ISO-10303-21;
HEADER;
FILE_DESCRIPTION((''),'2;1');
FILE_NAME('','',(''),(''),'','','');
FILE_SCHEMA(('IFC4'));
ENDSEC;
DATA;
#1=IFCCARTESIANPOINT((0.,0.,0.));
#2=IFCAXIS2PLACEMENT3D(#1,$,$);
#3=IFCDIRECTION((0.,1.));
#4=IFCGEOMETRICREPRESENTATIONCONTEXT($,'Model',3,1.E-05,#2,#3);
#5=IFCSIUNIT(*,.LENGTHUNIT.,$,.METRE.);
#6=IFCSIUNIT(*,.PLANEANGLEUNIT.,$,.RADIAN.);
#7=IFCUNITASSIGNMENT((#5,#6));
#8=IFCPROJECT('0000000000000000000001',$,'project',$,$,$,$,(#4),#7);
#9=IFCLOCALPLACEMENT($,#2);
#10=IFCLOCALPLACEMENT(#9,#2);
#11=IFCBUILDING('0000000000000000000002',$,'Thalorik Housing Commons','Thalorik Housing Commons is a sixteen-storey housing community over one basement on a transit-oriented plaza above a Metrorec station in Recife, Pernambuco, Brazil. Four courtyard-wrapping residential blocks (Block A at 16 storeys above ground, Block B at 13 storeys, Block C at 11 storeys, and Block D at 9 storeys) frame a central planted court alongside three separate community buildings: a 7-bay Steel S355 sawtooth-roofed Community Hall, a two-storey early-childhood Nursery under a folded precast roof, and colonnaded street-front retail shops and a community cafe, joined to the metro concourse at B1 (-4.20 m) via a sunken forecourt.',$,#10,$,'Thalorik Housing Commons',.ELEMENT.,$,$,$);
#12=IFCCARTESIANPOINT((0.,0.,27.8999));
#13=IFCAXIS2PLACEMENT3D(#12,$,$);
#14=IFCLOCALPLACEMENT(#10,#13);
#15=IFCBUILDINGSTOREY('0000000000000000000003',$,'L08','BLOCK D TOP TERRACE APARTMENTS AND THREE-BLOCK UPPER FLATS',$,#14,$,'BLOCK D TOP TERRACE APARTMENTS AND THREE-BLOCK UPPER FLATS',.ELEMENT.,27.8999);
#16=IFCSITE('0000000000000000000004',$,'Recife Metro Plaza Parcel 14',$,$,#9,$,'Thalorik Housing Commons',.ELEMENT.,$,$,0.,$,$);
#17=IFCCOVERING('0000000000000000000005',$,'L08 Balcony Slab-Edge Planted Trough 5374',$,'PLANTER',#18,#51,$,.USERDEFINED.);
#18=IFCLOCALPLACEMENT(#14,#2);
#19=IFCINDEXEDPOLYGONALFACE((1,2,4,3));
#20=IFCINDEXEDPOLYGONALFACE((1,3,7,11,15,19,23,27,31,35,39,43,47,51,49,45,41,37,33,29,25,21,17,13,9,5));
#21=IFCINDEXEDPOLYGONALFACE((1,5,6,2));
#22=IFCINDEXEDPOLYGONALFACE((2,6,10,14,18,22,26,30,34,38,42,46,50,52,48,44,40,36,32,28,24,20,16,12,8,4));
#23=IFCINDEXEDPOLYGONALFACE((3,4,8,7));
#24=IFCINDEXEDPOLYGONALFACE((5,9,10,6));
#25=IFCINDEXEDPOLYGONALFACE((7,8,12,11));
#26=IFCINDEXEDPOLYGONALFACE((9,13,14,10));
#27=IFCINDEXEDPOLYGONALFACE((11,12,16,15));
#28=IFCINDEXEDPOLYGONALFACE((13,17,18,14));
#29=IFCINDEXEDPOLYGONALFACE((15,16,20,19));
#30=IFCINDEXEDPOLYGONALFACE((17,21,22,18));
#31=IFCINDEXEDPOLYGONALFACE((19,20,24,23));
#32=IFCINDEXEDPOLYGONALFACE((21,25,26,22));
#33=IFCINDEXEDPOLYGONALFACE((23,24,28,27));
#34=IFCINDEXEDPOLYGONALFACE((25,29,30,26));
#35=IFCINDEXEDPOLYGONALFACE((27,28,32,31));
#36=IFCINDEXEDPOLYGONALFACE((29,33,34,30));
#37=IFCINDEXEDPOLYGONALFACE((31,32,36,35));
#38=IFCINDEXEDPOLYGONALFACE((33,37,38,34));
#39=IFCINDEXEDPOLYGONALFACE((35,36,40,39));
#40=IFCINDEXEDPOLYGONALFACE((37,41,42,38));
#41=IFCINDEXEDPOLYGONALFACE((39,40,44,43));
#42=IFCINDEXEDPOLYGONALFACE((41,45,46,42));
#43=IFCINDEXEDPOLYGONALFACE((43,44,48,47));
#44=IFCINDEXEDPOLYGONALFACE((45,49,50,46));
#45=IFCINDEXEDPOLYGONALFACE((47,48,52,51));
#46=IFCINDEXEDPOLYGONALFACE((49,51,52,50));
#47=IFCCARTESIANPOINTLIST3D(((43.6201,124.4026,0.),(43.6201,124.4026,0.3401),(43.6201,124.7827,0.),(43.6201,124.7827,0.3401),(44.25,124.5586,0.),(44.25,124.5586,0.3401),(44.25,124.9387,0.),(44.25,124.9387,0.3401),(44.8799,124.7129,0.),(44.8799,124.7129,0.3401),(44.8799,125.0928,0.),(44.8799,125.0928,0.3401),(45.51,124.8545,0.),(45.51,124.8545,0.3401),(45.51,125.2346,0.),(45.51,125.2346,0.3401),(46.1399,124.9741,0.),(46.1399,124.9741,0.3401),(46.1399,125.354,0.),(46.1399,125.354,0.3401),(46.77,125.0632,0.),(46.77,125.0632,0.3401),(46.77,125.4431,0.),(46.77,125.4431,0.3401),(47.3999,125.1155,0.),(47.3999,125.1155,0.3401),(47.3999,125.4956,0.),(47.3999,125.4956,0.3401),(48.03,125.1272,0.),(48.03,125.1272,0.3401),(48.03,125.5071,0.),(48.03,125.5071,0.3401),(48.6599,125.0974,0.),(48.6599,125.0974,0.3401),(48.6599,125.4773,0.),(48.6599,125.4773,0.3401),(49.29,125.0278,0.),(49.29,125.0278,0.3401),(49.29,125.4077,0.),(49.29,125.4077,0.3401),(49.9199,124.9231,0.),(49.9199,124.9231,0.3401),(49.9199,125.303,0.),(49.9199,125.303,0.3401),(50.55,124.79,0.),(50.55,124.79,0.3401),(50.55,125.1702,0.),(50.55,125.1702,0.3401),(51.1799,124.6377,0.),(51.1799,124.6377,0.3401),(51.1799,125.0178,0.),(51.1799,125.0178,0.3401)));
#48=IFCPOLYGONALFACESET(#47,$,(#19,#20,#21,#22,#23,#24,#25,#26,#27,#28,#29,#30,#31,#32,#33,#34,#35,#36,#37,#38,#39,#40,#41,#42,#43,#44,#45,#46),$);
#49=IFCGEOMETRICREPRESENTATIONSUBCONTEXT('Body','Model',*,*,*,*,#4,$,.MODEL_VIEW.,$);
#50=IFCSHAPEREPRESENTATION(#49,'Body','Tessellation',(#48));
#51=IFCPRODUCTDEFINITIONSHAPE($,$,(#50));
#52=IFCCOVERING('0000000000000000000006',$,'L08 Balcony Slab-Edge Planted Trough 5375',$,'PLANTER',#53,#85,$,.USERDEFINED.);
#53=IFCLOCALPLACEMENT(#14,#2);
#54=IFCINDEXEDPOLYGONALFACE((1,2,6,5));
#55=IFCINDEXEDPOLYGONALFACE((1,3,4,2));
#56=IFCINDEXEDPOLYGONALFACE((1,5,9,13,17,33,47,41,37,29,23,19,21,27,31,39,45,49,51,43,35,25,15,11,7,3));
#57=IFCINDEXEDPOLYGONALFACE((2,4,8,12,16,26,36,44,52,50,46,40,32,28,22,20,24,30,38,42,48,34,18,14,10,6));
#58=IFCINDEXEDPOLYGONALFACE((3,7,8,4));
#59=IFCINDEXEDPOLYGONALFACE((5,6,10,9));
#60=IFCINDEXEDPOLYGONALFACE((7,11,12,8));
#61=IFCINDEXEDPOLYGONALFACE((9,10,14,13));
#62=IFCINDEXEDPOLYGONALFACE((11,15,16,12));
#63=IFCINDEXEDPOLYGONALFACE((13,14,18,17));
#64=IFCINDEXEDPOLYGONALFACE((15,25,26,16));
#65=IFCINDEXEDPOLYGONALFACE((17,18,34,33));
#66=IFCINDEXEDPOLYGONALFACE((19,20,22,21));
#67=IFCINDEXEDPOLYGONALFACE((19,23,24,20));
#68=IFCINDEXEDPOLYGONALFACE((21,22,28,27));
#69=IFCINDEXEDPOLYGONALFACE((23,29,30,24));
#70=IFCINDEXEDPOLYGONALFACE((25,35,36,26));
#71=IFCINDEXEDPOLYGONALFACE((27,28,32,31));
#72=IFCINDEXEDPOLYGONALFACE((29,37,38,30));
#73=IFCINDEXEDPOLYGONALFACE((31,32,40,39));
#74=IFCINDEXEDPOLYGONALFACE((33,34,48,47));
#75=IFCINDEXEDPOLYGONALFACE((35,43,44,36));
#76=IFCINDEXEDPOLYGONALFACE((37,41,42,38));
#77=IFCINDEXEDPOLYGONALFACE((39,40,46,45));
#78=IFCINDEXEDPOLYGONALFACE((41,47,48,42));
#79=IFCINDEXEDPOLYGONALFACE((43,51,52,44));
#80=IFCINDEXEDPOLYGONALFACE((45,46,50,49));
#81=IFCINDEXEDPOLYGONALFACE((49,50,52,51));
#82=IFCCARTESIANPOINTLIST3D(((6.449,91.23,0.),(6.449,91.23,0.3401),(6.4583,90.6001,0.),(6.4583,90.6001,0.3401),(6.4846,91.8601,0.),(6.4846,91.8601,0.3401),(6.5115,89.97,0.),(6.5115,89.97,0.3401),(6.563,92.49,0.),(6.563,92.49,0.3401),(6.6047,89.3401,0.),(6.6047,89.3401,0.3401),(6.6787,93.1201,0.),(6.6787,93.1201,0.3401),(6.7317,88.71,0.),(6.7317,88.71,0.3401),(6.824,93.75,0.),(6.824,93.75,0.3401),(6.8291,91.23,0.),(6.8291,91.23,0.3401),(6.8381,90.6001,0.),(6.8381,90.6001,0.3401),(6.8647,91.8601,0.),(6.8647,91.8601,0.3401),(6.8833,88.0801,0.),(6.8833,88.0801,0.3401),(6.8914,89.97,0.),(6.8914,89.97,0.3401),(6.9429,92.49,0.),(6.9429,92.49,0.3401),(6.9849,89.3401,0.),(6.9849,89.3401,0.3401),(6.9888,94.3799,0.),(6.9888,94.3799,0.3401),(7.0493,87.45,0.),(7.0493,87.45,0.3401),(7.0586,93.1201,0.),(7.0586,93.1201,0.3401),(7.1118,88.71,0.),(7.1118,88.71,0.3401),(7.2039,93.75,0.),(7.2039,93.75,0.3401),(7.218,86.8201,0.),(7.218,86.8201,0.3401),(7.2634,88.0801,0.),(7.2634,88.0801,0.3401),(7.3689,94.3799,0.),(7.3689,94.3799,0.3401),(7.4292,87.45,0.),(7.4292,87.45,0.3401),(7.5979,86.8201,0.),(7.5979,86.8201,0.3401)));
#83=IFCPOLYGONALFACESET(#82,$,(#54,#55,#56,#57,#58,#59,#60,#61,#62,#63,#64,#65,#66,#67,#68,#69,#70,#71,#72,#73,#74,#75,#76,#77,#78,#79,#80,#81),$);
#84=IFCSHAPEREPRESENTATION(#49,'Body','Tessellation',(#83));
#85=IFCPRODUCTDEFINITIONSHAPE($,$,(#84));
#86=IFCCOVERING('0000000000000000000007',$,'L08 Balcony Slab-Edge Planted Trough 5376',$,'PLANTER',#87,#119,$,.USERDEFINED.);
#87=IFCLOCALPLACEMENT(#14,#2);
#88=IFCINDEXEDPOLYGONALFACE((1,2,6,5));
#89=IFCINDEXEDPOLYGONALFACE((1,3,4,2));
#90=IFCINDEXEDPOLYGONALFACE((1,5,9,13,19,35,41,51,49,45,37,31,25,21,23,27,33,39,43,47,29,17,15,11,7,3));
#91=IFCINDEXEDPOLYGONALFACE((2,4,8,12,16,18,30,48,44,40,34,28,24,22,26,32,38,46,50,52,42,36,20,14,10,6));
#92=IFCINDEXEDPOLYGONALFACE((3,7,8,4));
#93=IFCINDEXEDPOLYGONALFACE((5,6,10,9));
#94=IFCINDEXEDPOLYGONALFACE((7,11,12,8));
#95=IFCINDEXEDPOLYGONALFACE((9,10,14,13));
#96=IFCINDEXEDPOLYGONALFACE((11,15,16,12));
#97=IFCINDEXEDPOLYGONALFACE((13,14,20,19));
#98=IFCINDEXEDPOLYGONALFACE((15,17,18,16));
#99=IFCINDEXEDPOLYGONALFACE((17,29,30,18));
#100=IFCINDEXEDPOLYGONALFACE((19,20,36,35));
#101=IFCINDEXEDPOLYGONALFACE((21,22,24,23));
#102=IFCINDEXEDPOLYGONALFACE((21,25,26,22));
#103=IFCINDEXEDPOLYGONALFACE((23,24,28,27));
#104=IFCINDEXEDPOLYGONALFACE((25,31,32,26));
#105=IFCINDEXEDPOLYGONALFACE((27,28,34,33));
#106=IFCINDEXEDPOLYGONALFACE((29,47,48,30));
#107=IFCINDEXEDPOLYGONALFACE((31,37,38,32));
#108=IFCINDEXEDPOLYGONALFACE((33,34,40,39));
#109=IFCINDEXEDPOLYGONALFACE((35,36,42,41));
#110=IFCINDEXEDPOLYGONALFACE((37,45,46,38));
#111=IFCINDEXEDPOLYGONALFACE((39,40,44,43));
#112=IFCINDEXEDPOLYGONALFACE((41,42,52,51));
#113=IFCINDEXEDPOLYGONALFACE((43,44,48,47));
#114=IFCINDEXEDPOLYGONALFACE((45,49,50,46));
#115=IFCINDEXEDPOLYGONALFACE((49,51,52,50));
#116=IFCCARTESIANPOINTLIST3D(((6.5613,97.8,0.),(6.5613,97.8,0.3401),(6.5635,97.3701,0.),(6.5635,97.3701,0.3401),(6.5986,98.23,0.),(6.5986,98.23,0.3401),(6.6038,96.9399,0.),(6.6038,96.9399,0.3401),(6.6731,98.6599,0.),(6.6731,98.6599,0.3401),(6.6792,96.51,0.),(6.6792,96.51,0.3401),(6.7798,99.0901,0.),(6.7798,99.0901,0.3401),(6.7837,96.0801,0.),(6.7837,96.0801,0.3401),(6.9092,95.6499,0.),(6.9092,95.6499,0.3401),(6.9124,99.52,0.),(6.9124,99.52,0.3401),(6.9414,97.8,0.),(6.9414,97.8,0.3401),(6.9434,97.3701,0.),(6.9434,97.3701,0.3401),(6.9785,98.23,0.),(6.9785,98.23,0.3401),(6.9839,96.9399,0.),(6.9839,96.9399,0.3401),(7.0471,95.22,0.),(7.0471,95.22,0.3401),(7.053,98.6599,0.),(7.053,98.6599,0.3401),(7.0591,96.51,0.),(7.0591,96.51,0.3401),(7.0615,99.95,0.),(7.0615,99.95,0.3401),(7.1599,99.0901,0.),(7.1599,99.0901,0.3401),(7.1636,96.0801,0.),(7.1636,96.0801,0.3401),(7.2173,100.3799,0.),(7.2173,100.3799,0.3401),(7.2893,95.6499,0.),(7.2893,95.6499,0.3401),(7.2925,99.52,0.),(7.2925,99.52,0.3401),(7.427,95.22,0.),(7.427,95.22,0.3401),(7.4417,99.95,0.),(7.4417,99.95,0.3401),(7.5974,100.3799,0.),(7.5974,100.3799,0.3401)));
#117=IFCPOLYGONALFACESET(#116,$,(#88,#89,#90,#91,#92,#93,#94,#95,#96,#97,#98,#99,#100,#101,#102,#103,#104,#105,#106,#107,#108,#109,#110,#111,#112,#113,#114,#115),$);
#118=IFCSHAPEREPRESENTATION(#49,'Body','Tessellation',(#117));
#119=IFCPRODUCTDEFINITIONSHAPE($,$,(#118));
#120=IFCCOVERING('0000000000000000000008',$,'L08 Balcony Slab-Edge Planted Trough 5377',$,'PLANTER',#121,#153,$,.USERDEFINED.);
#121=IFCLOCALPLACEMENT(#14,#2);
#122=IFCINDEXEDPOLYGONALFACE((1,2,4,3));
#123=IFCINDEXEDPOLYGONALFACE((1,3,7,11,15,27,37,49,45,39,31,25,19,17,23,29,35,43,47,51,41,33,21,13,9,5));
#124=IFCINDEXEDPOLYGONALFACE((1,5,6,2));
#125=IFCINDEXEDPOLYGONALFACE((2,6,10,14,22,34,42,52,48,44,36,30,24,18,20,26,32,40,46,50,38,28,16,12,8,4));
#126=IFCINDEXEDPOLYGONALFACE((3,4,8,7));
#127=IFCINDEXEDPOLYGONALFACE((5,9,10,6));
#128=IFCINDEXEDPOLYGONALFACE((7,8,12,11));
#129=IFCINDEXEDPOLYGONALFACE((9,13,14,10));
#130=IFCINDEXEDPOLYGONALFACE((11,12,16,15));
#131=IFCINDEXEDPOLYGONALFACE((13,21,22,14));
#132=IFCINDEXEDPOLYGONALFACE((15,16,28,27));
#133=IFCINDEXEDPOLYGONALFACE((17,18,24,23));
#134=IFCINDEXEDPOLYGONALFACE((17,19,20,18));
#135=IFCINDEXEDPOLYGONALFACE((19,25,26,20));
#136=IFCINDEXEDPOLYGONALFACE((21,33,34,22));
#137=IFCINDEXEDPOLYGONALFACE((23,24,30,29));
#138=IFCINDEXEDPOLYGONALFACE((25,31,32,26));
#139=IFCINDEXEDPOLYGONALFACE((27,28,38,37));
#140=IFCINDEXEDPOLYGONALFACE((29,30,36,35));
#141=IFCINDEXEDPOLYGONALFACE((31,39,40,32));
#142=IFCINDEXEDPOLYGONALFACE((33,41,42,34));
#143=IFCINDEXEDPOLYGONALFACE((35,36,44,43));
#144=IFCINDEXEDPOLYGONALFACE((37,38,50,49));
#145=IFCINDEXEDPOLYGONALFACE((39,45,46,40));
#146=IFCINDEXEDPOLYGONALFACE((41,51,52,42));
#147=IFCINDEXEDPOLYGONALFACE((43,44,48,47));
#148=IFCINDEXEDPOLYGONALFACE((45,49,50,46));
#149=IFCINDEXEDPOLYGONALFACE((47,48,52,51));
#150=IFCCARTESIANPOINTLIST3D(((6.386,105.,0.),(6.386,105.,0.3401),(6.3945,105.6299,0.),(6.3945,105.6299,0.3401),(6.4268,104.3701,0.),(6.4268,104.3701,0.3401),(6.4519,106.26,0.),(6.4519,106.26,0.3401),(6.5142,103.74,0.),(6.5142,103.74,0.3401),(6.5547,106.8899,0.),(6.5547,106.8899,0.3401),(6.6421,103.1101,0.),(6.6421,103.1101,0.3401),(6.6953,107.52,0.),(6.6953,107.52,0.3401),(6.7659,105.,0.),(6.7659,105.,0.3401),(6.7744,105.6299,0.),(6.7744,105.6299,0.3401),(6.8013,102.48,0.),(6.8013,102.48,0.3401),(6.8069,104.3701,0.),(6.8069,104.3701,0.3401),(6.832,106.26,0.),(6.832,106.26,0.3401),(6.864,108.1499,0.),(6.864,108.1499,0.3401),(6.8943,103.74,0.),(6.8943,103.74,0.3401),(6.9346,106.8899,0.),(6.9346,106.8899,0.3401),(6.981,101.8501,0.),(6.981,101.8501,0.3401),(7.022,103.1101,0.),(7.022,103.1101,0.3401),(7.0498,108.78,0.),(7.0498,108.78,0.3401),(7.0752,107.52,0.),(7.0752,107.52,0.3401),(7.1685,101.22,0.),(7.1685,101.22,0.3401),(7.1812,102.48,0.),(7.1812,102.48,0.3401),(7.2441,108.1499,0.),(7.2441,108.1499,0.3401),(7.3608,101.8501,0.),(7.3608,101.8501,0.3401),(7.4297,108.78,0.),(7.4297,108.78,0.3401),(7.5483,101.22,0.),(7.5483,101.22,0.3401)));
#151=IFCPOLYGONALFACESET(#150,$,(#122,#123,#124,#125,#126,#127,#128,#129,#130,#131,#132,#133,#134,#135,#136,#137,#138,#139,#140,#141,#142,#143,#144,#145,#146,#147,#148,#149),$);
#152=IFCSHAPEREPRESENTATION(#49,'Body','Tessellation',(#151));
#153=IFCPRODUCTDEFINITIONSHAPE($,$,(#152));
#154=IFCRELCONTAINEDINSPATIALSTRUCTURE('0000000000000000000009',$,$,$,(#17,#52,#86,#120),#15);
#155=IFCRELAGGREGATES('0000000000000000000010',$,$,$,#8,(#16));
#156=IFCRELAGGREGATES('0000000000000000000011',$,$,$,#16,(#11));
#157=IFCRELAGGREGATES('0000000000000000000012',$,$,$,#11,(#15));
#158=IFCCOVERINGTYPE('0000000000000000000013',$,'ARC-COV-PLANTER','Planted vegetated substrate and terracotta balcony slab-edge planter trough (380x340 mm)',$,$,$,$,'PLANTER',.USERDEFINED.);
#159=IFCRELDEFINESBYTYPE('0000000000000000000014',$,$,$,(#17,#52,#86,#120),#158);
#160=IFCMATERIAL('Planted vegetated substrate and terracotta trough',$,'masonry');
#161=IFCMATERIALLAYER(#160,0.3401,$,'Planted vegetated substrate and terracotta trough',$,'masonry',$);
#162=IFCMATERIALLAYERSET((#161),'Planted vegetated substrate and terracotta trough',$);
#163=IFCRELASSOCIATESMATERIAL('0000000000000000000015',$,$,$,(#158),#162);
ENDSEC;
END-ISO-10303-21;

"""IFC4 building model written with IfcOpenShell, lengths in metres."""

from ifc_helpers import new_model, si_unit, direction, frame, origin, place, context, subcontext, project, spatial, polyline, outline, extrude, material, layer, layer_set, type_object, element, save


model = new_model("IFC4")

# Units and contexts
model_context = context("Model", 3, precision=1e-05, world=origin(), true_north=direction((0.0, 1.0)))
body_context = subcontext(model_context, "Body", "Model", "MODEL_VIEW")
ifc_project = project(units=[si_unit("LENGTHUNIT", "METRE"), si_unit("PLANEANGLEUNIT", "RADIAN")], contexts=[model_context])

# Site, building, storey
site_placement = place(None, origin())
site = spatial("IfcSite", under=ifc_project, at=site_placement, Name="Recife Metro Plaza Parcel 14", LongName="Thalorik Housing Commons", CompositionType="ELEMENT", RefElevation=0.0)
building_placement = place(site_placement, origin())
building = spatial("IfcBuilding", under=site, at=building_placement, Name="Thalorik Housing Commons", Description="Thalorik Housing Commons is a sixteen-storey housing community over one basement on a transit-oriented plaza above a Metrorec station in Recife, Pernambuco, Brazil. Four courtyard-wrapping residential blocks (Block A at 16 storeys above ground, Block B at 13 storeys, Block C at 11 storeys, and Block D at 9 storeys) frame a central planted court alongside three separate community buildings: a 7-bay Steel S355 sawtooth-roofed Community Hall, a two-storey early-childhood Nursery under a folded precast roof, and colonnaded street-front retail shops and a community cafe, joined to the metro concourse at B1 (-4.20 m) via a sunken forecourt.", LongName="Thalorik Housing Commons", CompositionType="ELEMENT")
storey_placement = place(building_placement, frame((0.0, 0.0, 27.8999)))
storey = spatial("IfcBuildingStorey", under=building, at=storey_placement, Name="L08", Description="BLOCK D TOP TERRACE APARTMENTS AND THREE-BLOCK UPPER FLATS", LongName="BLOCK D TOP TERRACE APARTMENTS AND THREE-BLOCK UPPER FLATS", CompositionType="ELEMENT", Elevation=27.8999)

# Coverings
ifc_material = material(Name="Planted vegetated substrate and terracotta trough", Category="masonry")
ifc_layer = layer(ifc_material, 0.3401, Name="Planted vegetated substrate and terracotta trough", Category="masonry")
ifc_layer_set = layer_set([ifc_layer], Name="Planted vegetated substrate and terracotta trough")
covering_type = type_object("IfcCoveringType", Name="ARC-COV-PLANTER", Description="Planted vegetated substrate and terracotta balcony slab-edge planter trough (380x340 mm)", ElementType="PLANTER", PredefinedType="USERDEFINED", material=ifc_layer_set)
covering_1_placement = place(storey_placement, origin())
element("IfcCovering", 1, at=covering_1_placement, inside=storey, type_object=covering_type, Name="L08 Balcony Slab-Edge Planted Trough 5374", ObjectType="PLANTER", PredefinedType="USERDEFINED", context=body_context, shape_type="SweptSolid", body=[
    extrude(outline(polyline([(51.1799, 125.0178), (50.55, 125.1702), (49.9199, 125.303), (49.29, 125.4077), (48.6599, 125.4773), (48.03, 125.5071), (47.3999, 125.4956), (46.77, 125.4431), (46.1399, 125.354), (45.51, 125.2346), (44.8799, 125.0928), (44.25, 124.9387), (43.6201, 124.7827), (43.6201, 124.4026), (44.25, 124.5586), (44.8799, 124.7129), (45.51, 124.8545), (46.1399, 124.9741), (46.77, 125.0632), (47.3999, 125.1155), (48.03, 125.1272), (48.6599, 125.0974), (49.29, 125.0278), (49.9199, 124.9231), (50.55, 124.79), (51.1799, 124.6377), (51.1799, 125.0178)])), origin(), (0.0, 0.0, 1.0), 0.3401),
])
covering_2_placement = place(storey_placement, origin())
element("IfcCovering", 2, at=covering_2_placement, inside=storey, type_object=covering_type, Name="L08 Balcony Slab-Edge Planted Trough 5375", ObjectType="PLANTER", PredefinedType="USERDEFINED", context=body_context, shape_type="SweptSolid", body=[
    extrude(outline(polyline([(6.9888, 94.3799), (6.824, 93.75), (6.6787, 93.1201), (6.563, 92.49), (6.4846, 91.8601), (6.449, 91.23), (6.4583, 90.6001), (6.5115, 89.97), (6.6047, 89.3401), (6.7317, 88.71), (6.8833, 88.0801), (7.0493, 87.45), (7.218, 86.8201), (7.5979, 86.8201), (7.4292, 87.45), (7.2634, 88.0801), (7.1118, 88.71), (6.9849, 89.3401), (6.8914, 89.97), (6.8381, 90.6001), (6.8291, 91.23), (6.8647, 91.8601), (6.9429, 92.49), (7.0586, 93.1201), (7.2039, 93.75), (7.3689, 94.3799), (6.9888, 94.3799)])), origin(), (0.0, 0.0, 1.0), 0.3401),
])
covering_3_placement = place(storey_placement, origin())
element("IfcCovering", 3, at=covering_3_placement, inside=storey, type_object=covering_type, Name="L08 Balcony Slab-Edge Planted Trough 5376", ObjectType="PLANTER", PredefinedType="USERDEFINED", context=body_context, shape_type="SweptSolid", body=[
    extrude(outline(polyline([(7.2173, 100.3799), (7.0615, 99.95), (6.9124, 99.52), (6.7798, 99.0901), (6.6731, 98.6599), (6.5986, 98.23), (6.5613, 97.8), (6.5635, 97.3701), (6.6038, 96.9399), (6.6792, 96.51), (6.7837, 96.0801), (6.9092, 95.6499), (7.0471, 95.22), (7.427, 95.22), (7.2893, 95.6499), (7.1636, 96.0801), (7.0591, 96.51), (6.9839, 96.9399), (6.9434, 97.3701), (6.9414, 97.8), (6.9785, 98.23), (7.053, 98.6599), (7.1599, 99.0901), (7.2925, 99.52), (7.4417, 99.95), (7.5974, 100.3799), (7.2173, 100.3799)])), origin(), (0.0, 0.0, 1.0), 0.3401),
])
covering_4_placement = place(storey_placement, origin())
element("IfcCovering", 4, at=covering_4_placement, inside=storey, type_object=covering_type, Name="L08 Balcony Slab-Edge Planted Trough 5377", ObjectType="PLANTER", PredefinedType="USERDEFINED", context=body_context, shape_type="SweptSolid", body=[
    extrude(outline(polyline([(7.0498, 108.78), (6.864, 108.1499), (6.6953, 107.52), (6.5547, 106.8899), (6.4519, 106.26), (6.3945, 105.6299), (6.386, 105.0), (6.4268, 104.3701), (6.5142, 103.74), (6.6421, 103.1101), (6.8013, 102.48), (6.981, 101.8501), (7.1685, 101.22), (7.5483, 101.22), (7.3608, 101.8501), (7.1812, 102.48), (7.022, 103.1101), (6.8943, 103.74), (6.8069, 104.3701), (6.7659, 105.0), (6.7744, 105.6299), (6.832, 106.26), (6.9346, 106.8899), (7.0752, 107.52), (7.2441, 108.1499), (7.4297, 108.78), (7.0498, 108.78)])), origin(), (0.0, 0.0, 1.0), 0.3401),
])

save(model, "model.ifc")
